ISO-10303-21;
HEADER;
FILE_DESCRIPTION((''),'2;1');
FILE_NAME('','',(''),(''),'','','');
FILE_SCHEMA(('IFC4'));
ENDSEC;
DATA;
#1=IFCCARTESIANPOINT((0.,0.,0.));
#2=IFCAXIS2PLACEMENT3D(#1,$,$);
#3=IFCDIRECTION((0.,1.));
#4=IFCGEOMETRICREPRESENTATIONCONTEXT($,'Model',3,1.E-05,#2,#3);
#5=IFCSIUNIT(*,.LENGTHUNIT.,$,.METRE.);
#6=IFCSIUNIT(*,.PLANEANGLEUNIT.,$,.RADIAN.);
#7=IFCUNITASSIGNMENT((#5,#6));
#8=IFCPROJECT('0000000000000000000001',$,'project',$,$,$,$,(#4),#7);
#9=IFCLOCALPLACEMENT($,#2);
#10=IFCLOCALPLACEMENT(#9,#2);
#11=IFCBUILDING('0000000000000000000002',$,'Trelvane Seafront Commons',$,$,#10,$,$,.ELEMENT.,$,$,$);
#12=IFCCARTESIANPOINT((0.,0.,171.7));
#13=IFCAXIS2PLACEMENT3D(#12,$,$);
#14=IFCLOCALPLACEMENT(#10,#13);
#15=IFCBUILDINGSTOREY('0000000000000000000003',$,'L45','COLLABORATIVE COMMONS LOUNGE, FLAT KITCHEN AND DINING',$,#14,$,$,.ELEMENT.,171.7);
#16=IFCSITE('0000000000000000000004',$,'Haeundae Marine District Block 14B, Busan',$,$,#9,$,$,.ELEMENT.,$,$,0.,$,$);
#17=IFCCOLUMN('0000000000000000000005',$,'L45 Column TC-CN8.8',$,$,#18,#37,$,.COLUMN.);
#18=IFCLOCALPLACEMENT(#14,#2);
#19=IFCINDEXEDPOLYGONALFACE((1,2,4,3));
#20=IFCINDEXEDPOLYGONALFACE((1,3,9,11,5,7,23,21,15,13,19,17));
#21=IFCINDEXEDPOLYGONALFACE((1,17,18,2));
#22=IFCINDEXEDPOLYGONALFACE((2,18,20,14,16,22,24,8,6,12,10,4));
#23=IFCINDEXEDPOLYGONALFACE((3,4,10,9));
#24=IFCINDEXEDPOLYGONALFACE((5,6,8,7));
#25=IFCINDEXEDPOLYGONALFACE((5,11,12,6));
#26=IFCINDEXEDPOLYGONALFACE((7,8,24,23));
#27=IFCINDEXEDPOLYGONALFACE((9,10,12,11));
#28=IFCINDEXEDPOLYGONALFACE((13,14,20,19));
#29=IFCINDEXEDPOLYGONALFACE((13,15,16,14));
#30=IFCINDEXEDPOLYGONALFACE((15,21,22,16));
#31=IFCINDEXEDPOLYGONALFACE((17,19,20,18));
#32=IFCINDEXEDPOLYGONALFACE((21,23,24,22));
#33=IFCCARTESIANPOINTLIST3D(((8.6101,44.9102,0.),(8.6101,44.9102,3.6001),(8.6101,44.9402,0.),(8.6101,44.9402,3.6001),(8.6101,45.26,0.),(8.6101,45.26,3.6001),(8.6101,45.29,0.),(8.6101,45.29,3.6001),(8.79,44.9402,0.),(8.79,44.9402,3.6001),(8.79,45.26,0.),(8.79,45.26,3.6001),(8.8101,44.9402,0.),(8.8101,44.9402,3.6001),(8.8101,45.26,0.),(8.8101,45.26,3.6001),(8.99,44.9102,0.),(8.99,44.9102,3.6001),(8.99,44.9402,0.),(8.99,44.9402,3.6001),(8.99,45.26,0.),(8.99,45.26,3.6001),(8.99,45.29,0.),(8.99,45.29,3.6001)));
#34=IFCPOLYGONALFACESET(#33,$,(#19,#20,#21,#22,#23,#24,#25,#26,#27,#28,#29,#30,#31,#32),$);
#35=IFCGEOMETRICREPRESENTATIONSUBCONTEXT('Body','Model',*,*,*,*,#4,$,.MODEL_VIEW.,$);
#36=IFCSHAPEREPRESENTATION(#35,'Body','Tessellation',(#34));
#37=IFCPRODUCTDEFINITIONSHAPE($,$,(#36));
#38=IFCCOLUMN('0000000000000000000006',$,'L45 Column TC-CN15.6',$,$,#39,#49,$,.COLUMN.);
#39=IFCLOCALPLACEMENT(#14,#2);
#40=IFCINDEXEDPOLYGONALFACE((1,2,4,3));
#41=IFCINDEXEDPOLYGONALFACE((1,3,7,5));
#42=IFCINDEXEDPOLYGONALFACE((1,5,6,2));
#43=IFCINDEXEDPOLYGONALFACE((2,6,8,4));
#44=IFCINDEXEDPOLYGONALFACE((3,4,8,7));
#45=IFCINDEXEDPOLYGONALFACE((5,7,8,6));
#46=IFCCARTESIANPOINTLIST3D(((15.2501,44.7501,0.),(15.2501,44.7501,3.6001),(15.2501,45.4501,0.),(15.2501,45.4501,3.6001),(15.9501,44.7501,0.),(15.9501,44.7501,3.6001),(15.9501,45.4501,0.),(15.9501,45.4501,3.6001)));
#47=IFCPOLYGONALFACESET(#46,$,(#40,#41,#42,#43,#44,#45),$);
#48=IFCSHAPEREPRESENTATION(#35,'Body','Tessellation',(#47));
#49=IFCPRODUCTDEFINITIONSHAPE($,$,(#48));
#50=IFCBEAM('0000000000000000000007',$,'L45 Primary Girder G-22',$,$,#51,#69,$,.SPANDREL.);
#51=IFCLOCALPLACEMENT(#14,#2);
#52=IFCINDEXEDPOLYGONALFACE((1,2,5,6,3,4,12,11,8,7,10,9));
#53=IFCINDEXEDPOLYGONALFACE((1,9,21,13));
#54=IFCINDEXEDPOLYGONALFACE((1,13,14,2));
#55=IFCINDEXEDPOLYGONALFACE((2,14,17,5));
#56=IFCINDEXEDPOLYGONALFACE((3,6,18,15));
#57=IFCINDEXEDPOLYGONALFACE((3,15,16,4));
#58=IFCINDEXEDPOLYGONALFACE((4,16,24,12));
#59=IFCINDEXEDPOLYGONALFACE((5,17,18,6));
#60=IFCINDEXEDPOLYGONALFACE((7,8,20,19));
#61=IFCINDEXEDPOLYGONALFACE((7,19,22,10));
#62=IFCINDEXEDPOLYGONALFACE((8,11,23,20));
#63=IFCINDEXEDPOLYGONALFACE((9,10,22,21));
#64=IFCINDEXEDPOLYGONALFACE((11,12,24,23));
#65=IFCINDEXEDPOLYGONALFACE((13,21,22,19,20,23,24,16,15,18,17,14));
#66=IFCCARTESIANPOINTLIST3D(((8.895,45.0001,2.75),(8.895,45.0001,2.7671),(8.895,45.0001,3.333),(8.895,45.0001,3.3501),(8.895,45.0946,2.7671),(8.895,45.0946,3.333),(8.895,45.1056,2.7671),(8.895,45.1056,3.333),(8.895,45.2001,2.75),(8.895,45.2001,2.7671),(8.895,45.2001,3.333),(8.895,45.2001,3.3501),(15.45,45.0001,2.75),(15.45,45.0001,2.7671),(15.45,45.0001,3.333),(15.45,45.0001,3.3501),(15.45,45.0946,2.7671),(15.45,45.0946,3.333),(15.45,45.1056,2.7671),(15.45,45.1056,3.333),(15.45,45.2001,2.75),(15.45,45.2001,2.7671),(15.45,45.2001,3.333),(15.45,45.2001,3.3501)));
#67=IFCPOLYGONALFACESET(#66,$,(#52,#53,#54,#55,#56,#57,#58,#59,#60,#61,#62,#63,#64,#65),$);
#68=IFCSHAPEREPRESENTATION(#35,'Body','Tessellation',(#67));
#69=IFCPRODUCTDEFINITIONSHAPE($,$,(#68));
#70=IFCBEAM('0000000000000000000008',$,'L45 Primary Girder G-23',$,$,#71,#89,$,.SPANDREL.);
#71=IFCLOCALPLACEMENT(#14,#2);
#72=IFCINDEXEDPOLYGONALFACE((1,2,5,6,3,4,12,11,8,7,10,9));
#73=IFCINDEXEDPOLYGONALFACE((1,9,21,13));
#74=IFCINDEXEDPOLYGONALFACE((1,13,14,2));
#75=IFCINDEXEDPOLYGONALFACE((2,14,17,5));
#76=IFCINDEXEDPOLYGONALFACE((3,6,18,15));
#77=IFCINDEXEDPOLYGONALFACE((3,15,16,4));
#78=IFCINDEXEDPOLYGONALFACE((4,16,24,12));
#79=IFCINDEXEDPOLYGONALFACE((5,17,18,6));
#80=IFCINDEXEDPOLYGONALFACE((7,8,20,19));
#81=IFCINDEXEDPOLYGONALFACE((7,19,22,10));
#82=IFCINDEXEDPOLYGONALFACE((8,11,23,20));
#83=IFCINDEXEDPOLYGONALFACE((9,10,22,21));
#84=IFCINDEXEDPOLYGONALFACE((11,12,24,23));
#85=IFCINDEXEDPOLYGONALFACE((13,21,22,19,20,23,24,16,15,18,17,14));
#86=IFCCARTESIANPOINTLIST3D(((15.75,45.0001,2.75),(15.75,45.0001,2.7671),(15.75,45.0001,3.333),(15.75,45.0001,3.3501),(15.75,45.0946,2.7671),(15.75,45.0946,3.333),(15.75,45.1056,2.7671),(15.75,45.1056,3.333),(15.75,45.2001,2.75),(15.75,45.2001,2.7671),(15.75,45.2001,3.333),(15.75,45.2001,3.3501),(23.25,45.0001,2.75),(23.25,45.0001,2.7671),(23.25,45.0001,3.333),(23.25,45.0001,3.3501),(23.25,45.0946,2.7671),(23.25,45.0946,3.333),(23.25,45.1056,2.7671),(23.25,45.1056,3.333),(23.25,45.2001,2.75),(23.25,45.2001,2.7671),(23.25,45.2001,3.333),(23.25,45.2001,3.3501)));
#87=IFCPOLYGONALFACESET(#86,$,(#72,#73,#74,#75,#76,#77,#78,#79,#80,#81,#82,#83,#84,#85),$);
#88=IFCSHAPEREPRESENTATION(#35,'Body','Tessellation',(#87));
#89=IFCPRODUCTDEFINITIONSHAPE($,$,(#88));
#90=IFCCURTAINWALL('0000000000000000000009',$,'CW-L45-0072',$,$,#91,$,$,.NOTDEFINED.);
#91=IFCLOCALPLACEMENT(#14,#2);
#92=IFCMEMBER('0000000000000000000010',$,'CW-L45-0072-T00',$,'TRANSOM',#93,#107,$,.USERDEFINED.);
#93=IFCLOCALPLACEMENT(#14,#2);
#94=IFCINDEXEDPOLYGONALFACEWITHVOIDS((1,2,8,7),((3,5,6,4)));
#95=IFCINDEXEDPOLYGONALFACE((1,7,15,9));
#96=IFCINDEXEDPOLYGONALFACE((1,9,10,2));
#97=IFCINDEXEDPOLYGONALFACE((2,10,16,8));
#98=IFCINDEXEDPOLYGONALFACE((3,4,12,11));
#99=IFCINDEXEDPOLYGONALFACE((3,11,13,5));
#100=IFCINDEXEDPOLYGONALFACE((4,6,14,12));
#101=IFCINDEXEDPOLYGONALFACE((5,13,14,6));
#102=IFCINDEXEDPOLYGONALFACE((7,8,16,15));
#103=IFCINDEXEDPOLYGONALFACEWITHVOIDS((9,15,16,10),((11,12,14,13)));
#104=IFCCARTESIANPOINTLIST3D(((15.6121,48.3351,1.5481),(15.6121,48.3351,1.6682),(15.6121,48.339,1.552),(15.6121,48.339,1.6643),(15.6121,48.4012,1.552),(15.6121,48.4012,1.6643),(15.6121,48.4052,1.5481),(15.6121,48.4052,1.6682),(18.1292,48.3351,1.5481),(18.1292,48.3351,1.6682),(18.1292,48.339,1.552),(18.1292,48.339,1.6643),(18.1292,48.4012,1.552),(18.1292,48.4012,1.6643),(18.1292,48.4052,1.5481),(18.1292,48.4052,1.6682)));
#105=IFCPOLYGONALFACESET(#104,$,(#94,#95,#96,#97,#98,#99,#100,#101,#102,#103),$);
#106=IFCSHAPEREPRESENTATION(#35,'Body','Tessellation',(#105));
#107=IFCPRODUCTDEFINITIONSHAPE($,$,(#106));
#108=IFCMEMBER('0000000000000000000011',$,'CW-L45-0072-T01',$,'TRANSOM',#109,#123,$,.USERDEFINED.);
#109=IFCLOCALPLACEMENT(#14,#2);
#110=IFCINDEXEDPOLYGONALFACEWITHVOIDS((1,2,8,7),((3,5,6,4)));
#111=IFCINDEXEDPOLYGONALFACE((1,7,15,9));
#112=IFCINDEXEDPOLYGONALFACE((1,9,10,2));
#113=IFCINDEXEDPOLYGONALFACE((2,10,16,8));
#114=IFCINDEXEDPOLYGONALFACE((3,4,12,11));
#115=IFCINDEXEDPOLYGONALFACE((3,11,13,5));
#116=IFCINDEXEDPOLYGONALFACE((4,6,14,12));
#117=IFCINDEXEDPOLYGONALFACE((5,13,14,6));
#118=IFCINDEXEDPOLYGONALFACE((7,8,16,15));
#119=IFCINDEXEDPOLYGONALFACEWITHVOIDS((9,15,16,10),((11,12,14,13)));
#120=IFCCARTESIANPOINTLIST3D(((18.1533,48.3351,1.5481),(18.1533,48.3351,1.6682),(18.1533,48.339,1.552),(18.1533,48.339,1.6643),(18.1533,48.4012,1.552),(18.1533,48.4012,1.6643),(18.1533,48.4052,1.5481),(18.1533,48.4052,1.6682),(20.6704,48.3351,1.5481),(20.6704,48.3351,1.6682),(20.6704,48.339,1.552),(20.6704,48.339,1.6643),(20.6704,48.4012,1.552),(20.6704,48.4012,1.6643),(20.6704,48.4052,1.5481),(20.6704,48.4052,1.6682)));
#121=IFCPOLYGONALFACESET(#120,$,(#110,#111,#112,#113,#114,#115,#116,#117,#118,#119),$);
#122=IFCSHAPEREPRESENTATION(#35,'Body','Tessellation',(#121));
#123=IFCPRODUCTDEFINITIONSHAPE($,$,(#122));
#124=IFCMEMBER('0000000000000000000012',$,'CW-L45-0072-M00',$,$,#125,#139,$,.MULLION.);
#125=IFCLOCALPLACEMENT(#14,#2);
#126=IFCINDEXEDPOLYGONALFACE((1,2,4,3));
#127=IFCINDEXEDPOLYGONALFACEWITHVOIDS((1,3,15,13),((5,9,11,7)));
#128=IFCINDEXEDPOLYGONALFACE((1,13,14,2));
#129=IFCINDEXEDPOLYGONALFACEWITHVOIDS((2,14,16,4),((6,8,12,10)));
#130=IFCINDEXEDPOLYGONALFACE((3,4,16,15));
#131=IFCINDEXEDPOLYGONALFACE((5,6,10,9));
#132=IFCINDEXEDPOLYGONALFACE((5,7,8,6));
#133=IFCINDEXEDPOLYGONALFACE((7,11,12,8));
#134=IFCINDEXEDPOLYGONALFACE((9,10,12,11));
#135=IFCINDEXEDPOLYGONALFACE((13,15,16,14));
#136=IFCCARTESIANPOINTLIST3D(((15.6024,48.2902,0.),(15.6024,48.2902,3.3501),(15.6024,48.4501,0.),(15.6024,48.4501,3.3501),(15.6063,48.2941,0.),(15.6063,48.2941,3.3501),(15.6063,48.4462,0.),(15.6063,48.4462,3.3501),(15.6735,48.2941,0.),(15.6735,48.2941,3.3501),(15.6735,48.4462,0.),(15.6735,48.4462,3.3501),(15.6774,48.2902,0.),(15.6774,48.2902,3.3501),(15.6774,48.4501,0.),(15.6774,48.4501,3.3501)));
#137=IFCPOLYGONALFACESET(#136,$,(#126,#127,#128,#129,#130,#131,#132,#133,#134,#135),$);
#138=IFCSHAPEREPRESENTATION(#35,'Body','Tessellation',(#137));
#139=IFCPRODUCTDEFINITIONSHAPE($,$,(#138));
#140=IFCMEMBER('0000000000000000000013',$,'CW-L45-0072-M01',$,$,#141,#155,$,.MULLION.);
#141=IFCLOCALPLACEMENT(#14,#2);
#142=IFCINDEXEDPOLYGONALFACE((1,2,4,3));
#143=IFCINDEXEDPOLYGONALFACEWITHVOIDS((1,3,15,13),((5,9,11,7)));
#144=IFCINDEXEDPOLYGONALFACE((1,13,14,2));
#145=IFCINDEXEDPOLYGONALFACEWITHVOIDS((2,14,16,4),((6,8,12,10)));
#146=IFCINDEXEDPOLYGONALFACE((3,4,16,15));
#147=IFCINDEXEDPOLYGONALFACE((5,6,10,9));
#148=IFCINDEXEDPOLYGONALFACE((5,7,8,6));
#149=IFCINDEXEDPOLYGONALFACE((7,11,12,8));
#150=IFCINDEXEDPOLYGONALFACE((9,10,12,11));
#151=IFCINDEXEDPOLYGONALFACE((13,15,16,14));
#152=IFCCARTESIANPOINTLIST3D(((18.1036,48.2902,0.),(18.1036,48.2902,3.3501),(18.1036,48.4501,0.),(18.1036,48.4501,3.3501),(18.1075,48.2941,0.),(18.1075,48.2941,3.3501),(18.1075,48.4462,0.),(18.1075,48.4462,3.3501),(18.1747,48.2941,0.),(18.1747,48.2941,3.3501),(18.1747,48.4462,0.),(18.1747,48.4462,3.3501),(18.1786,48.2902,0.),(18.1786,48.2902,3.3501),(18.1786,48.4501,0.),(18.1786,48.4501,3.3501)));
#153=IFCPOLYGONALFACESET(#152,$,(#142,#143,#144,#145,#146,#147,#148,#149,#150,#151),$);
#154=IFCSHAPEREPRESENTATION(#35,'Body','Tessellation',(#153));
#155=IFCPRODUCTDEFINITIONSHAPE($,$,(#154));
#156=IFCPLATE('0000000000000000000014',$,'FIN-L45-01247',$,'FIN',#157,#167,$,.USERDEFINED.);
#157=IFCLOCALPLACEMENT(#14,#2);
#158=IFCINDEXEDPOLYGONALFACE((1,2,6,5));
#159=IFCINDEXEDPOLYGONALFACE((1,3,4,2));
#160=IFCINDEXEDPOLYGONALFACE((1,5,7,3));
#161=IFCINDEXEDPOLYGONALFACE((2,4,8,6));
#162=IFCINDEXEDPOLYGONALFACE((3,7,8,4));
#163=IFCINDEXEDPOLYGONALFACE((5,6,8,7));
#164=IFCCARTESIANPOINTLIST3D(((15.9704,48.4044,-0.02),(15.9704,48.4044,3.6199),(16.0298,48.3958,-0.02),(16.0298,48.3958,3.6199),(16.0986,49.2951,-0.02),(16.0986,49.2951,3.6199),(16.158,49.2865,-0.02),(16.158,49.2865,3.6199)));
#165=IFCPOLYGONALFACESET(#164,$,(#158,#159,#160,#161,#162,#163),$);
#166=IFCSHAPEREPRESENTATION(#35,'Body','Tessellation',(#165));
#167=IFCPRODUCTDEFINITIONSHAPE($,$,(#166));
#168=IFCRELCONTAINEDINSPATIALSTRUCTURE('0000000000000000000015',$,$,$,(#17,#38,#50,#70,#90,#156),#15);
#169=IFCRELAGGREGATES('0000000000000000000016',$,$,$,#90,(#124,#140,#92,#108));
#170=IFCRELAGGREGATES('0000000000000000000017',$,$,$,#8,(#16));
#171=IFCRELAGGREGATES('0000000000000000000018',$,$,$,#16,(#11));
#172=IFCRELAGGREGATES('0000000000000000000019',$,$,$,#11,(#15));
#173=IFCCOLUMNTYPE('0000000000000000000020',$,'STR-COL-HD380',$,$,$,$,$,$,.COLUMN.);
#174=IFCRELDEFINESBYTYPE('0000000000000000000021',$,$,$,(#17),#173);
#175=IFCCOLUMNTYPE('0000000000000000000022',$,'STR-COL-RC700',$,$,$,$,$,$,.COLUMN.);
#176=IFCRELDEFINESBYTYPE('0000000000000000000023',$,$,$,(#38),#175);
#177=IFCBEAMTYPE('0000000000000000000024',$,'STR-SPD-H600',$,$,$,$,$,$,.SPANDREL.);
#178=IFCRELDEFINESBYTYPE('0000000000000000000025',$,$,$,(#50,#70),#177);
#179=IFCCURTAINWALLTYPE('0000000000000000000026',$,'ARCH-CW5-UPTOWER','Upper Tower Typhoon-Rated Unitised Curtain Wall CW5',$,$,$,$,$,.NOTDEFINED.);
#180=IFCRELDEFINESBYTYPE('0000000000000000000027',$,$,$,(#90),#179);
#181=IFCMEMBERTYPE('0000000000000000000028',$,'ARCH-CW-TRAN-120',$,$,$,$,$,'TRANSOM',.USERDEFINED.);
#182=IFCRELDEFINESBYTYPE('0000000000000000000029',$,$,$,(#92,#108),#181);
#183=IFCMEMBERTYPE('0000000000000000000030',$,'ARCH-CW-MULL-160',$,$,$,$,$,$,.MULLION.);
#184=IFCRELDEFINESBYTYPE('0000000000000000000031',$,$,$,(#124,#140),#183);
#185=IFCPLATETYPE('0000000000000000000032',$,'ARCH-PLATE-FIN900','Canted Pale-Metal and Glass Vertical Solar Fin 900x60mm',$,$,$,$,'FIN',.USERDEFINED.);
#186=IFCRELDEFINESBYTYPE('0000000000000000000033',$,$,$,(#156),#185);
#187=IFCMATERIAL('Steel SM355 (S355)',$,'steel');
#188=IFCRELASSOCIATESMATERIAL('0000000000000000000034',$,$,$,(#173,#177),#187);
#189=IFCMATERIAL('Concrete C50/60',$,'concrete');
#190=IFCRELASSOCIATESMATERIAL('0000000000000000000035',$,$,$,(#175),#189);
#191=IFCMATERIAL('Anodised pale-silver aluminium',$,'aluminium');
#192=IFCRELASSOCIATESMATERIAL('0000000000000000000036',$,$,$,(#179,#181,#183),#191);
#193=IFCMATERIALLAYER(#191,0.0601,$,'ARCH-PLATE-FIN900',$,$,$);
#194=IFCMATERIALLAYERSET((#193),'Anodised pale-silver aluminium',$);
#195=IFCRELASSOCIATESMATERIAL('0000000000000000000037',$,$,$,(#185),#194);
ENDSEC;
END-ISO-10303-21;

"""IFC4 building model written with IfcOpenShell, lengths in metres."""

from ifc_helpers import new_model, si_unit, direction, frame, origin, origin_2d, place, context, subcontext, project, spatial, rectangle, hollow_rectangle, i_section, extrude, source, transform, mapped, material, layer, layer_set, material_profile, profile_set, type_object, element, aggregate, save


model = new_model("IFC4")

# Units and contexts
model_context = context("Model", 3, precision=1e-05, world=origin(), true_north=direction((0.0, 1.0)))
body_context = subcontext(model_context, "Body", "Model", "MODEL_VIEW")
ifc_project = project(units=[si_unit("LENGTHUNIT", "METRE"), si_unit("PLANEANGLEUNIT", "RADIAN")], contexts=[model_context])

# Site, building, storey
site_placement = place(None, origin())
site = spatial("IfcSite", under=ifc_project, at=site_placement, Name="Haeundae Marine District Block 14B, Busan", CompositionType="ELEMENT", RefElevation=0.0)
building_placement = place(site_placement, origin())
building = spatial("IfcBuilding", under=site, at=building_placement, Name="Trelvane Seafront Commons", CompositionType="ELEMENT")
storey_placement = place(building_placement, frame((0.0, 0.0, 171.7)))
storey = spatial("IfcBuildingStorey", under=building, at=storey_placement, Name="L45", Description="COLLABORATIVE COMMONS LOUNGE, FLAT KITCHEN AND DINING", CompositionType="ELEMENT", Elevation=171.7)

# Columns
ifc_material_1 = material(Name="Steel SM355 (S355)", Category="steel")
ifc_material_profile_1 = material_profile(ifc_material_1, i_section(OverallWidth=0.3799, OverallDepth=0.3799, WebThickness=0.02, FlangeThickness=0.03, at=origin_2d()), Name="HD-380x380x20x30")
ifc_profile_set_1 = profile_set([ifc_material_profile_1], Name="Steel SM355 (S355)")
column_type_1 = type_object("IfcColumnType", Name="STR-COL-HD380", PredefinedType="COLUMN", material=ifc_profile_set_1)
shared_shape_1 = source(origin(), body_context, "Body", "SweptSolid", [
    extrude(i_section(OverallWidth=0.3799, OverallDepth=0.3799, WebThickness=0.02, FlangeThickness=0.03, at=origin_2d()), origin(), (0.0, 0.0, 1.0), 3.6001),
])
column_1_placement = place(storey_placement, frame((8.8, 45.1001, 0.0), z_axis=(0.0, 0.0, 1.0), x_axis=(1.0, 0.0, 0.0)))
element("IfcColumn", 1, at=column_1_placement, inside=storey, type_object=column_type_1, Name="L45 Column TC-CN8.8", PredefinedType="COLUMN", context=body_context, shape_type="MappedRepresentation", body=[
    mapped(shared_shape_1, transform((0.0, 0.0, 0.0), x_axis=(1.0, 0.0, 0.0), y_axis=(0.0, 1.0, 0.0), z_axis=(0.0, 0.0, 1.0), scale=1.0)),
])
ifc_material_2 = material(Name="Concrete C50/60", Category="concrete")
ifc_material_profile_2 = material_profile(ifc_material_2, rectangle(XDim=0.7, YDim=0.7, at=origin_2d()), Name="RC-700x700")
ifc_profile_set_2 = profile_set([ifc_material_profile_2], Name="Concrete C50/60")
column_type_2 = type_object("IfcColumnType", Name="STR-COL-RC700", PredefinedType="COLUMN", material=ifc_profile_set_2)
shared_shape_2 = source(origin(), body_context, "Body", "SweptSolid", [
    extrude(rectangle(XDim=0.7, YDim=0.7, at=origin_2d()), origin(), (0.0, 0.0, 1.0), 3.6001),
])
column_2_placement = place(storey_placement, frame((15.6001, 45.1001, 0.0), z_axis=(0.0, 0.0, 1.0), x_axis=(1.0, 0.0, 0.0)))
element("IfcColumn", 2, at=column_2_placement, inside=storey, type_object=column_type_2, Name="L45 Column TC-CN15.6", PredefinedType="COLUMN", context=body_context, shape_type="MappedRepresentation", body=[
    mapped(shared_shape_2, transform((0.0, 0.0, 0.0), x_axis=(1.0, 0.0, 0.0), y_axis=(0.0, 1.0, 0.0), z_axis=(0.0, 0.0, 1.0), scale=1.0)),
])

# Beams
ifc_material_profile_3 = material_profile(ifc_material_1, i_section(OverallWidth=0.2, OverallDepth=0.6001, WebThickness=0.011, FlangeThickness=0.0171, at=origin_2d()), Name="H-600x200x11x17")
ifc_profile_set_3 = profile_set([ifc_material_profile_3], Name="Steel SM355 (S355)")
beam_type = type_object("IfcBeamType", Name="STR-SPD-H600", PredefinedType="SPANDREL", material=ifc_profile_set_3)
shared_shape_3 = source(origin(), body_context, "Body", "SweptSolid", [
    extrude(i_section(OverallWidth=0.2, OverallDepth=0.6001, WebThickness=0.011, FlangeThickness=0.0171, at=origin_2d()), origin(), (0.0, 0.0, 1.0), 6.5549),
])
beam_1_placement = place(storey_placement, frame((8.895, 45.1001, 3.05), z_axis=(1.0, 0.0, 0.0), x_axis=(0.0, 1.0, 0.0)))
element("IfcBeam", 3, at=beam_1_placement, inside=storey, type_object=beam_type, Name="L45 Primary Girder G-22", PredefinedType="SPANDREL", context=body_context, shape_type="MappedRepresentation", body=[
    mapped(shared_shape_3, transform((0.0, 0.0, 0.0), x_axis=(1.0, 0.0, 0.0), y_axis=(0.0, 1.0, 0.0), z_axis=(0.0, 0.0, 1.0), scale=1.0)),
])
shared_shape_4 = source(origin(), body_context, "Body", "SweptSolid", [
    extrude(i_section(OverallWidth=0.2, OverallDepth=0.6001, WebThickness=0.011, FlangeThickness=0.0171, at=origin_2d()), origin(), (0.0, 0.0, 1.0), 7.5),
])
beam_2_placement = place(storey_placement, frame((15.75, 45.1001, 3.05), z_axis=(1.0, 0.0, 0.0), x_axis=(0.0, 1.0, 0.0)))
element("IfcBeam", 4, at=beam_2_placement, inside=storey, type_object=beam_type, Name="L45 Primary Girder G-23", PredefinedType="SPANDREL", context=body_context, shape_type="MappedRepresentation", body=[
    mapped(shared_shape_4, transform((0.0, 0.0, 0.0), x_axis=(1.0, 0.0, 0.0), y_axis=(0.0, 1.0, 0.0), z_axis=(0.0, 0.0, 1.0), scale=1.0)),
])

# Curtain wall, members
ifc_material_3 = material(Name="Anodised pale-silver aluminium", Category="aluminium")
curtain_wall_type = type_object("IfcCurtainWallType", Name="ARCH-CW5-UPTOWER", Description="Upper Tower Typhoon-Rated Unitised Curtain Wall CW5", PredefinedType="NOTDEFINED", material=ifc_material_3)
curtain_wall_placement = place(storey_placement, origin())
curtain_wall = element("IfcCurtainWall", 5, at=curtain_wall_placement, inside=storey, type_object=curtain_wall_type, Name="CW-L45-0072", PredefinedType="NOTDEFINED")
ifc_material_profile_4 = material_profile(ifc_material_3, hollow_rectangle(XDim=0.0701, YDim=0.1201, WallThickness=0.0039, at=origin_2d()), Name="TRAN-70x120x4")
ifc_profile_set_4 = profile_set([ifc_material_profile_4], Name="Anodised pale-silver aluminium")
member_type_1 = type_object("IfcMemberType", Name="ARCH-CW-TRAN-120", ElementType="TRANSOM", PredefinedType="USERDEFINED", material=ifc_profile_set_4)
shared_shape_5 = source(origin(), body_context, "Body", "SweptSolid", [
    extrude(hollow_rectangle(XDim=0.0701, YDim=0.1201, WallThickness=0.0039, at=origin_2d()), origin(), (0.0, 0.0, 1.0), 2.5171),
])
member_1_placement = place(storey_placement, frame((15.6121, 48.3701, 1.6082), z_axis=(1.0, 0.0, 0.0), x_axis=(0.0, 1.0, 0.0)))
member_1 = element("IfcMember", 6, at=member_1_placement, type_object=member_type_1, Name="CW-L45-0072-T00", ObjectType="TRANSOM", PredefinedType="USERDEFINED", context=body_context, shape_type="MappedRepresentation", body=[
    mapped(shared_shape_5, transform((0.0, 0.0, 0.0), x_axis=(1.0, 0.0, 0.0), y_axis=(0.0, 1.0, 0.0), z_axis=(0.0, 0.0, 1.0), scale=1.0)),
])
member_2_placement = place(storey_placement, frame((18.1533, 48.3701, 1.6082), z_axis=(1.0, 0.0, 0.0), x_axis=(0.0, 1.0, 0.0)))
member_2 = element("IfcMember", 7, at=member_2_placement, type_object=member_type_1, Name="CW-L45-0072-T01", ObjectType="TRANSOM", PredefinedType="USERDEFINED", context=body_context, shape_type="MappedRepresentation", body=[
    mapped(shared_shape_5, transform((0.0, 0.0, 0.0), x_axis=(1.0, 0.0, 0.0), y_axis=(0.0, 1.0, 0.0), z_axis=(0.0, 0.0, 1.0), scale=1.0)),
])
ifc_material_profile_5 = material_profile(ifc_material_3, hollow_rectangle(XDim=0.075, YDim=0.1599, WallThickness=0.0039, at=origin_2d()), Name="MULL-75x160x4")
ifc_profile_set_5 = profile_set([ifc_material_profile_5], Name="Anodised pale-silver aluminium")
member_type_2 = type_object("IfcMemberType", Name="ARCH-CW-MULL-160", PredefinedType="MULLION", material=ifc_profile_set_5)
shared_shape_6 = source(origin(), body_context, "Body", "SweptSolid", [
    extrude(hollow_rectangle(XDim=0.075, YDim=0.1599, WallThickness=0.0039, at=origin_2d()), origin(), (0.0, 0.0, 1.0), 3.3501),
])
member_3_placement = place(storey_placement, frame((15.6399, 48.3701, 0.0), z_axis=(0.0, 0.0, 1.0), x_axis=(1.0, 0.0, 0.0)))
member_3 = element("IfcMember", 8, at=member_3_placement, type_object=member_type_2, Name="CW-L45-0072-M00", PredefinedType="MULLION", context=body_context, shape_type="MappedRepresentation", body=[
    mapped(shared_shape_6, transform((0.0, 0.0, 0.0), x_axis=(1.0, 0.0, 0.0), y_axis=(0.0, 1.0, 0.0), z_axis=(0.0, 0.0, 1.0), scale=1.0)),
])
member_4_placement = place(storey_placement, frame((18.1411, 48.3701, 0.0), z_axis=(0.0, 0.0, 1.0), x_axis=(1.0, 0.0, 0.0)))
member_4 = element("IfcMember", 9, at=member_4_placement, type_object=member_type_2, Name="CW-L45-0072-M01", PredefinedType="MULLION", context=body_context, shape_type="MappedRepresentation", body=[
    mapped(shared_shape_6, transform((0.0, 0.0, 0.0), x_axis=(1.0, 0.0, 0.0), y_axis=(0.0, 1.0, 0.0), z_axis=(0.0, 0.0, 1.0), scale=1.0)),
])

# Plate
ifc_layer_1 = layer(ifc_material_3, 0.0601, Name="ARCH-PLATE-FIN900")
ifc_layer_set_1 = layer_set([ifc_layer_1], Name="Anodised pale-silver aluminium")
plate_type_1 = type_object("IfcPlateType", Name="ARCH-PLATE-FIN900", Description="Canted Pale-Metal and Glass Vertical Solar Fin 900x60mm", ElementType="FIN", PredefinedType="USERDEFINED", material=ifc_layer_set_1)
shared_shape_7 = source(origin(), body_context, "Body", "SweptSolid", [
    extrude(rectangle(XDim=0.8999, YDim=0.0601, at=origin_2d()), origin(), (0.0, 0.0, 1.0), 3.6399),
])
for number, where, z_axis, x_axis, name in (
    (10, (16.0642, 48.8455, -0.02), (0.0, 0.0, 1.0), (0.142448, 0.989802, 0.0), "FIN-L45-01247"),
):
    element("IfcPlate", number, at=place(storey_placement, frame(where, z_axis=z_axis, x_axis=x_axis)), inside=storey, type_object=plate_type_1, Name=name, ObjectType="FIN", PredefinedType="USERDEFINED", context=body_context, shape_type="MappedRepresentation", body=[
        mapped(shared_shape_7, transform((0.0, 0.0, 0.0), x_axis=(1.0, 0.0, 0.0), y_axis=(0.0, 1.0, 0.0), z_axis=(0.0, 0.0, 1.0), scale=1.0)),
    ])

aggregate(curtain_wall, [member_3, member_4, member_1, member_2])

save(model, "model.ifc")
